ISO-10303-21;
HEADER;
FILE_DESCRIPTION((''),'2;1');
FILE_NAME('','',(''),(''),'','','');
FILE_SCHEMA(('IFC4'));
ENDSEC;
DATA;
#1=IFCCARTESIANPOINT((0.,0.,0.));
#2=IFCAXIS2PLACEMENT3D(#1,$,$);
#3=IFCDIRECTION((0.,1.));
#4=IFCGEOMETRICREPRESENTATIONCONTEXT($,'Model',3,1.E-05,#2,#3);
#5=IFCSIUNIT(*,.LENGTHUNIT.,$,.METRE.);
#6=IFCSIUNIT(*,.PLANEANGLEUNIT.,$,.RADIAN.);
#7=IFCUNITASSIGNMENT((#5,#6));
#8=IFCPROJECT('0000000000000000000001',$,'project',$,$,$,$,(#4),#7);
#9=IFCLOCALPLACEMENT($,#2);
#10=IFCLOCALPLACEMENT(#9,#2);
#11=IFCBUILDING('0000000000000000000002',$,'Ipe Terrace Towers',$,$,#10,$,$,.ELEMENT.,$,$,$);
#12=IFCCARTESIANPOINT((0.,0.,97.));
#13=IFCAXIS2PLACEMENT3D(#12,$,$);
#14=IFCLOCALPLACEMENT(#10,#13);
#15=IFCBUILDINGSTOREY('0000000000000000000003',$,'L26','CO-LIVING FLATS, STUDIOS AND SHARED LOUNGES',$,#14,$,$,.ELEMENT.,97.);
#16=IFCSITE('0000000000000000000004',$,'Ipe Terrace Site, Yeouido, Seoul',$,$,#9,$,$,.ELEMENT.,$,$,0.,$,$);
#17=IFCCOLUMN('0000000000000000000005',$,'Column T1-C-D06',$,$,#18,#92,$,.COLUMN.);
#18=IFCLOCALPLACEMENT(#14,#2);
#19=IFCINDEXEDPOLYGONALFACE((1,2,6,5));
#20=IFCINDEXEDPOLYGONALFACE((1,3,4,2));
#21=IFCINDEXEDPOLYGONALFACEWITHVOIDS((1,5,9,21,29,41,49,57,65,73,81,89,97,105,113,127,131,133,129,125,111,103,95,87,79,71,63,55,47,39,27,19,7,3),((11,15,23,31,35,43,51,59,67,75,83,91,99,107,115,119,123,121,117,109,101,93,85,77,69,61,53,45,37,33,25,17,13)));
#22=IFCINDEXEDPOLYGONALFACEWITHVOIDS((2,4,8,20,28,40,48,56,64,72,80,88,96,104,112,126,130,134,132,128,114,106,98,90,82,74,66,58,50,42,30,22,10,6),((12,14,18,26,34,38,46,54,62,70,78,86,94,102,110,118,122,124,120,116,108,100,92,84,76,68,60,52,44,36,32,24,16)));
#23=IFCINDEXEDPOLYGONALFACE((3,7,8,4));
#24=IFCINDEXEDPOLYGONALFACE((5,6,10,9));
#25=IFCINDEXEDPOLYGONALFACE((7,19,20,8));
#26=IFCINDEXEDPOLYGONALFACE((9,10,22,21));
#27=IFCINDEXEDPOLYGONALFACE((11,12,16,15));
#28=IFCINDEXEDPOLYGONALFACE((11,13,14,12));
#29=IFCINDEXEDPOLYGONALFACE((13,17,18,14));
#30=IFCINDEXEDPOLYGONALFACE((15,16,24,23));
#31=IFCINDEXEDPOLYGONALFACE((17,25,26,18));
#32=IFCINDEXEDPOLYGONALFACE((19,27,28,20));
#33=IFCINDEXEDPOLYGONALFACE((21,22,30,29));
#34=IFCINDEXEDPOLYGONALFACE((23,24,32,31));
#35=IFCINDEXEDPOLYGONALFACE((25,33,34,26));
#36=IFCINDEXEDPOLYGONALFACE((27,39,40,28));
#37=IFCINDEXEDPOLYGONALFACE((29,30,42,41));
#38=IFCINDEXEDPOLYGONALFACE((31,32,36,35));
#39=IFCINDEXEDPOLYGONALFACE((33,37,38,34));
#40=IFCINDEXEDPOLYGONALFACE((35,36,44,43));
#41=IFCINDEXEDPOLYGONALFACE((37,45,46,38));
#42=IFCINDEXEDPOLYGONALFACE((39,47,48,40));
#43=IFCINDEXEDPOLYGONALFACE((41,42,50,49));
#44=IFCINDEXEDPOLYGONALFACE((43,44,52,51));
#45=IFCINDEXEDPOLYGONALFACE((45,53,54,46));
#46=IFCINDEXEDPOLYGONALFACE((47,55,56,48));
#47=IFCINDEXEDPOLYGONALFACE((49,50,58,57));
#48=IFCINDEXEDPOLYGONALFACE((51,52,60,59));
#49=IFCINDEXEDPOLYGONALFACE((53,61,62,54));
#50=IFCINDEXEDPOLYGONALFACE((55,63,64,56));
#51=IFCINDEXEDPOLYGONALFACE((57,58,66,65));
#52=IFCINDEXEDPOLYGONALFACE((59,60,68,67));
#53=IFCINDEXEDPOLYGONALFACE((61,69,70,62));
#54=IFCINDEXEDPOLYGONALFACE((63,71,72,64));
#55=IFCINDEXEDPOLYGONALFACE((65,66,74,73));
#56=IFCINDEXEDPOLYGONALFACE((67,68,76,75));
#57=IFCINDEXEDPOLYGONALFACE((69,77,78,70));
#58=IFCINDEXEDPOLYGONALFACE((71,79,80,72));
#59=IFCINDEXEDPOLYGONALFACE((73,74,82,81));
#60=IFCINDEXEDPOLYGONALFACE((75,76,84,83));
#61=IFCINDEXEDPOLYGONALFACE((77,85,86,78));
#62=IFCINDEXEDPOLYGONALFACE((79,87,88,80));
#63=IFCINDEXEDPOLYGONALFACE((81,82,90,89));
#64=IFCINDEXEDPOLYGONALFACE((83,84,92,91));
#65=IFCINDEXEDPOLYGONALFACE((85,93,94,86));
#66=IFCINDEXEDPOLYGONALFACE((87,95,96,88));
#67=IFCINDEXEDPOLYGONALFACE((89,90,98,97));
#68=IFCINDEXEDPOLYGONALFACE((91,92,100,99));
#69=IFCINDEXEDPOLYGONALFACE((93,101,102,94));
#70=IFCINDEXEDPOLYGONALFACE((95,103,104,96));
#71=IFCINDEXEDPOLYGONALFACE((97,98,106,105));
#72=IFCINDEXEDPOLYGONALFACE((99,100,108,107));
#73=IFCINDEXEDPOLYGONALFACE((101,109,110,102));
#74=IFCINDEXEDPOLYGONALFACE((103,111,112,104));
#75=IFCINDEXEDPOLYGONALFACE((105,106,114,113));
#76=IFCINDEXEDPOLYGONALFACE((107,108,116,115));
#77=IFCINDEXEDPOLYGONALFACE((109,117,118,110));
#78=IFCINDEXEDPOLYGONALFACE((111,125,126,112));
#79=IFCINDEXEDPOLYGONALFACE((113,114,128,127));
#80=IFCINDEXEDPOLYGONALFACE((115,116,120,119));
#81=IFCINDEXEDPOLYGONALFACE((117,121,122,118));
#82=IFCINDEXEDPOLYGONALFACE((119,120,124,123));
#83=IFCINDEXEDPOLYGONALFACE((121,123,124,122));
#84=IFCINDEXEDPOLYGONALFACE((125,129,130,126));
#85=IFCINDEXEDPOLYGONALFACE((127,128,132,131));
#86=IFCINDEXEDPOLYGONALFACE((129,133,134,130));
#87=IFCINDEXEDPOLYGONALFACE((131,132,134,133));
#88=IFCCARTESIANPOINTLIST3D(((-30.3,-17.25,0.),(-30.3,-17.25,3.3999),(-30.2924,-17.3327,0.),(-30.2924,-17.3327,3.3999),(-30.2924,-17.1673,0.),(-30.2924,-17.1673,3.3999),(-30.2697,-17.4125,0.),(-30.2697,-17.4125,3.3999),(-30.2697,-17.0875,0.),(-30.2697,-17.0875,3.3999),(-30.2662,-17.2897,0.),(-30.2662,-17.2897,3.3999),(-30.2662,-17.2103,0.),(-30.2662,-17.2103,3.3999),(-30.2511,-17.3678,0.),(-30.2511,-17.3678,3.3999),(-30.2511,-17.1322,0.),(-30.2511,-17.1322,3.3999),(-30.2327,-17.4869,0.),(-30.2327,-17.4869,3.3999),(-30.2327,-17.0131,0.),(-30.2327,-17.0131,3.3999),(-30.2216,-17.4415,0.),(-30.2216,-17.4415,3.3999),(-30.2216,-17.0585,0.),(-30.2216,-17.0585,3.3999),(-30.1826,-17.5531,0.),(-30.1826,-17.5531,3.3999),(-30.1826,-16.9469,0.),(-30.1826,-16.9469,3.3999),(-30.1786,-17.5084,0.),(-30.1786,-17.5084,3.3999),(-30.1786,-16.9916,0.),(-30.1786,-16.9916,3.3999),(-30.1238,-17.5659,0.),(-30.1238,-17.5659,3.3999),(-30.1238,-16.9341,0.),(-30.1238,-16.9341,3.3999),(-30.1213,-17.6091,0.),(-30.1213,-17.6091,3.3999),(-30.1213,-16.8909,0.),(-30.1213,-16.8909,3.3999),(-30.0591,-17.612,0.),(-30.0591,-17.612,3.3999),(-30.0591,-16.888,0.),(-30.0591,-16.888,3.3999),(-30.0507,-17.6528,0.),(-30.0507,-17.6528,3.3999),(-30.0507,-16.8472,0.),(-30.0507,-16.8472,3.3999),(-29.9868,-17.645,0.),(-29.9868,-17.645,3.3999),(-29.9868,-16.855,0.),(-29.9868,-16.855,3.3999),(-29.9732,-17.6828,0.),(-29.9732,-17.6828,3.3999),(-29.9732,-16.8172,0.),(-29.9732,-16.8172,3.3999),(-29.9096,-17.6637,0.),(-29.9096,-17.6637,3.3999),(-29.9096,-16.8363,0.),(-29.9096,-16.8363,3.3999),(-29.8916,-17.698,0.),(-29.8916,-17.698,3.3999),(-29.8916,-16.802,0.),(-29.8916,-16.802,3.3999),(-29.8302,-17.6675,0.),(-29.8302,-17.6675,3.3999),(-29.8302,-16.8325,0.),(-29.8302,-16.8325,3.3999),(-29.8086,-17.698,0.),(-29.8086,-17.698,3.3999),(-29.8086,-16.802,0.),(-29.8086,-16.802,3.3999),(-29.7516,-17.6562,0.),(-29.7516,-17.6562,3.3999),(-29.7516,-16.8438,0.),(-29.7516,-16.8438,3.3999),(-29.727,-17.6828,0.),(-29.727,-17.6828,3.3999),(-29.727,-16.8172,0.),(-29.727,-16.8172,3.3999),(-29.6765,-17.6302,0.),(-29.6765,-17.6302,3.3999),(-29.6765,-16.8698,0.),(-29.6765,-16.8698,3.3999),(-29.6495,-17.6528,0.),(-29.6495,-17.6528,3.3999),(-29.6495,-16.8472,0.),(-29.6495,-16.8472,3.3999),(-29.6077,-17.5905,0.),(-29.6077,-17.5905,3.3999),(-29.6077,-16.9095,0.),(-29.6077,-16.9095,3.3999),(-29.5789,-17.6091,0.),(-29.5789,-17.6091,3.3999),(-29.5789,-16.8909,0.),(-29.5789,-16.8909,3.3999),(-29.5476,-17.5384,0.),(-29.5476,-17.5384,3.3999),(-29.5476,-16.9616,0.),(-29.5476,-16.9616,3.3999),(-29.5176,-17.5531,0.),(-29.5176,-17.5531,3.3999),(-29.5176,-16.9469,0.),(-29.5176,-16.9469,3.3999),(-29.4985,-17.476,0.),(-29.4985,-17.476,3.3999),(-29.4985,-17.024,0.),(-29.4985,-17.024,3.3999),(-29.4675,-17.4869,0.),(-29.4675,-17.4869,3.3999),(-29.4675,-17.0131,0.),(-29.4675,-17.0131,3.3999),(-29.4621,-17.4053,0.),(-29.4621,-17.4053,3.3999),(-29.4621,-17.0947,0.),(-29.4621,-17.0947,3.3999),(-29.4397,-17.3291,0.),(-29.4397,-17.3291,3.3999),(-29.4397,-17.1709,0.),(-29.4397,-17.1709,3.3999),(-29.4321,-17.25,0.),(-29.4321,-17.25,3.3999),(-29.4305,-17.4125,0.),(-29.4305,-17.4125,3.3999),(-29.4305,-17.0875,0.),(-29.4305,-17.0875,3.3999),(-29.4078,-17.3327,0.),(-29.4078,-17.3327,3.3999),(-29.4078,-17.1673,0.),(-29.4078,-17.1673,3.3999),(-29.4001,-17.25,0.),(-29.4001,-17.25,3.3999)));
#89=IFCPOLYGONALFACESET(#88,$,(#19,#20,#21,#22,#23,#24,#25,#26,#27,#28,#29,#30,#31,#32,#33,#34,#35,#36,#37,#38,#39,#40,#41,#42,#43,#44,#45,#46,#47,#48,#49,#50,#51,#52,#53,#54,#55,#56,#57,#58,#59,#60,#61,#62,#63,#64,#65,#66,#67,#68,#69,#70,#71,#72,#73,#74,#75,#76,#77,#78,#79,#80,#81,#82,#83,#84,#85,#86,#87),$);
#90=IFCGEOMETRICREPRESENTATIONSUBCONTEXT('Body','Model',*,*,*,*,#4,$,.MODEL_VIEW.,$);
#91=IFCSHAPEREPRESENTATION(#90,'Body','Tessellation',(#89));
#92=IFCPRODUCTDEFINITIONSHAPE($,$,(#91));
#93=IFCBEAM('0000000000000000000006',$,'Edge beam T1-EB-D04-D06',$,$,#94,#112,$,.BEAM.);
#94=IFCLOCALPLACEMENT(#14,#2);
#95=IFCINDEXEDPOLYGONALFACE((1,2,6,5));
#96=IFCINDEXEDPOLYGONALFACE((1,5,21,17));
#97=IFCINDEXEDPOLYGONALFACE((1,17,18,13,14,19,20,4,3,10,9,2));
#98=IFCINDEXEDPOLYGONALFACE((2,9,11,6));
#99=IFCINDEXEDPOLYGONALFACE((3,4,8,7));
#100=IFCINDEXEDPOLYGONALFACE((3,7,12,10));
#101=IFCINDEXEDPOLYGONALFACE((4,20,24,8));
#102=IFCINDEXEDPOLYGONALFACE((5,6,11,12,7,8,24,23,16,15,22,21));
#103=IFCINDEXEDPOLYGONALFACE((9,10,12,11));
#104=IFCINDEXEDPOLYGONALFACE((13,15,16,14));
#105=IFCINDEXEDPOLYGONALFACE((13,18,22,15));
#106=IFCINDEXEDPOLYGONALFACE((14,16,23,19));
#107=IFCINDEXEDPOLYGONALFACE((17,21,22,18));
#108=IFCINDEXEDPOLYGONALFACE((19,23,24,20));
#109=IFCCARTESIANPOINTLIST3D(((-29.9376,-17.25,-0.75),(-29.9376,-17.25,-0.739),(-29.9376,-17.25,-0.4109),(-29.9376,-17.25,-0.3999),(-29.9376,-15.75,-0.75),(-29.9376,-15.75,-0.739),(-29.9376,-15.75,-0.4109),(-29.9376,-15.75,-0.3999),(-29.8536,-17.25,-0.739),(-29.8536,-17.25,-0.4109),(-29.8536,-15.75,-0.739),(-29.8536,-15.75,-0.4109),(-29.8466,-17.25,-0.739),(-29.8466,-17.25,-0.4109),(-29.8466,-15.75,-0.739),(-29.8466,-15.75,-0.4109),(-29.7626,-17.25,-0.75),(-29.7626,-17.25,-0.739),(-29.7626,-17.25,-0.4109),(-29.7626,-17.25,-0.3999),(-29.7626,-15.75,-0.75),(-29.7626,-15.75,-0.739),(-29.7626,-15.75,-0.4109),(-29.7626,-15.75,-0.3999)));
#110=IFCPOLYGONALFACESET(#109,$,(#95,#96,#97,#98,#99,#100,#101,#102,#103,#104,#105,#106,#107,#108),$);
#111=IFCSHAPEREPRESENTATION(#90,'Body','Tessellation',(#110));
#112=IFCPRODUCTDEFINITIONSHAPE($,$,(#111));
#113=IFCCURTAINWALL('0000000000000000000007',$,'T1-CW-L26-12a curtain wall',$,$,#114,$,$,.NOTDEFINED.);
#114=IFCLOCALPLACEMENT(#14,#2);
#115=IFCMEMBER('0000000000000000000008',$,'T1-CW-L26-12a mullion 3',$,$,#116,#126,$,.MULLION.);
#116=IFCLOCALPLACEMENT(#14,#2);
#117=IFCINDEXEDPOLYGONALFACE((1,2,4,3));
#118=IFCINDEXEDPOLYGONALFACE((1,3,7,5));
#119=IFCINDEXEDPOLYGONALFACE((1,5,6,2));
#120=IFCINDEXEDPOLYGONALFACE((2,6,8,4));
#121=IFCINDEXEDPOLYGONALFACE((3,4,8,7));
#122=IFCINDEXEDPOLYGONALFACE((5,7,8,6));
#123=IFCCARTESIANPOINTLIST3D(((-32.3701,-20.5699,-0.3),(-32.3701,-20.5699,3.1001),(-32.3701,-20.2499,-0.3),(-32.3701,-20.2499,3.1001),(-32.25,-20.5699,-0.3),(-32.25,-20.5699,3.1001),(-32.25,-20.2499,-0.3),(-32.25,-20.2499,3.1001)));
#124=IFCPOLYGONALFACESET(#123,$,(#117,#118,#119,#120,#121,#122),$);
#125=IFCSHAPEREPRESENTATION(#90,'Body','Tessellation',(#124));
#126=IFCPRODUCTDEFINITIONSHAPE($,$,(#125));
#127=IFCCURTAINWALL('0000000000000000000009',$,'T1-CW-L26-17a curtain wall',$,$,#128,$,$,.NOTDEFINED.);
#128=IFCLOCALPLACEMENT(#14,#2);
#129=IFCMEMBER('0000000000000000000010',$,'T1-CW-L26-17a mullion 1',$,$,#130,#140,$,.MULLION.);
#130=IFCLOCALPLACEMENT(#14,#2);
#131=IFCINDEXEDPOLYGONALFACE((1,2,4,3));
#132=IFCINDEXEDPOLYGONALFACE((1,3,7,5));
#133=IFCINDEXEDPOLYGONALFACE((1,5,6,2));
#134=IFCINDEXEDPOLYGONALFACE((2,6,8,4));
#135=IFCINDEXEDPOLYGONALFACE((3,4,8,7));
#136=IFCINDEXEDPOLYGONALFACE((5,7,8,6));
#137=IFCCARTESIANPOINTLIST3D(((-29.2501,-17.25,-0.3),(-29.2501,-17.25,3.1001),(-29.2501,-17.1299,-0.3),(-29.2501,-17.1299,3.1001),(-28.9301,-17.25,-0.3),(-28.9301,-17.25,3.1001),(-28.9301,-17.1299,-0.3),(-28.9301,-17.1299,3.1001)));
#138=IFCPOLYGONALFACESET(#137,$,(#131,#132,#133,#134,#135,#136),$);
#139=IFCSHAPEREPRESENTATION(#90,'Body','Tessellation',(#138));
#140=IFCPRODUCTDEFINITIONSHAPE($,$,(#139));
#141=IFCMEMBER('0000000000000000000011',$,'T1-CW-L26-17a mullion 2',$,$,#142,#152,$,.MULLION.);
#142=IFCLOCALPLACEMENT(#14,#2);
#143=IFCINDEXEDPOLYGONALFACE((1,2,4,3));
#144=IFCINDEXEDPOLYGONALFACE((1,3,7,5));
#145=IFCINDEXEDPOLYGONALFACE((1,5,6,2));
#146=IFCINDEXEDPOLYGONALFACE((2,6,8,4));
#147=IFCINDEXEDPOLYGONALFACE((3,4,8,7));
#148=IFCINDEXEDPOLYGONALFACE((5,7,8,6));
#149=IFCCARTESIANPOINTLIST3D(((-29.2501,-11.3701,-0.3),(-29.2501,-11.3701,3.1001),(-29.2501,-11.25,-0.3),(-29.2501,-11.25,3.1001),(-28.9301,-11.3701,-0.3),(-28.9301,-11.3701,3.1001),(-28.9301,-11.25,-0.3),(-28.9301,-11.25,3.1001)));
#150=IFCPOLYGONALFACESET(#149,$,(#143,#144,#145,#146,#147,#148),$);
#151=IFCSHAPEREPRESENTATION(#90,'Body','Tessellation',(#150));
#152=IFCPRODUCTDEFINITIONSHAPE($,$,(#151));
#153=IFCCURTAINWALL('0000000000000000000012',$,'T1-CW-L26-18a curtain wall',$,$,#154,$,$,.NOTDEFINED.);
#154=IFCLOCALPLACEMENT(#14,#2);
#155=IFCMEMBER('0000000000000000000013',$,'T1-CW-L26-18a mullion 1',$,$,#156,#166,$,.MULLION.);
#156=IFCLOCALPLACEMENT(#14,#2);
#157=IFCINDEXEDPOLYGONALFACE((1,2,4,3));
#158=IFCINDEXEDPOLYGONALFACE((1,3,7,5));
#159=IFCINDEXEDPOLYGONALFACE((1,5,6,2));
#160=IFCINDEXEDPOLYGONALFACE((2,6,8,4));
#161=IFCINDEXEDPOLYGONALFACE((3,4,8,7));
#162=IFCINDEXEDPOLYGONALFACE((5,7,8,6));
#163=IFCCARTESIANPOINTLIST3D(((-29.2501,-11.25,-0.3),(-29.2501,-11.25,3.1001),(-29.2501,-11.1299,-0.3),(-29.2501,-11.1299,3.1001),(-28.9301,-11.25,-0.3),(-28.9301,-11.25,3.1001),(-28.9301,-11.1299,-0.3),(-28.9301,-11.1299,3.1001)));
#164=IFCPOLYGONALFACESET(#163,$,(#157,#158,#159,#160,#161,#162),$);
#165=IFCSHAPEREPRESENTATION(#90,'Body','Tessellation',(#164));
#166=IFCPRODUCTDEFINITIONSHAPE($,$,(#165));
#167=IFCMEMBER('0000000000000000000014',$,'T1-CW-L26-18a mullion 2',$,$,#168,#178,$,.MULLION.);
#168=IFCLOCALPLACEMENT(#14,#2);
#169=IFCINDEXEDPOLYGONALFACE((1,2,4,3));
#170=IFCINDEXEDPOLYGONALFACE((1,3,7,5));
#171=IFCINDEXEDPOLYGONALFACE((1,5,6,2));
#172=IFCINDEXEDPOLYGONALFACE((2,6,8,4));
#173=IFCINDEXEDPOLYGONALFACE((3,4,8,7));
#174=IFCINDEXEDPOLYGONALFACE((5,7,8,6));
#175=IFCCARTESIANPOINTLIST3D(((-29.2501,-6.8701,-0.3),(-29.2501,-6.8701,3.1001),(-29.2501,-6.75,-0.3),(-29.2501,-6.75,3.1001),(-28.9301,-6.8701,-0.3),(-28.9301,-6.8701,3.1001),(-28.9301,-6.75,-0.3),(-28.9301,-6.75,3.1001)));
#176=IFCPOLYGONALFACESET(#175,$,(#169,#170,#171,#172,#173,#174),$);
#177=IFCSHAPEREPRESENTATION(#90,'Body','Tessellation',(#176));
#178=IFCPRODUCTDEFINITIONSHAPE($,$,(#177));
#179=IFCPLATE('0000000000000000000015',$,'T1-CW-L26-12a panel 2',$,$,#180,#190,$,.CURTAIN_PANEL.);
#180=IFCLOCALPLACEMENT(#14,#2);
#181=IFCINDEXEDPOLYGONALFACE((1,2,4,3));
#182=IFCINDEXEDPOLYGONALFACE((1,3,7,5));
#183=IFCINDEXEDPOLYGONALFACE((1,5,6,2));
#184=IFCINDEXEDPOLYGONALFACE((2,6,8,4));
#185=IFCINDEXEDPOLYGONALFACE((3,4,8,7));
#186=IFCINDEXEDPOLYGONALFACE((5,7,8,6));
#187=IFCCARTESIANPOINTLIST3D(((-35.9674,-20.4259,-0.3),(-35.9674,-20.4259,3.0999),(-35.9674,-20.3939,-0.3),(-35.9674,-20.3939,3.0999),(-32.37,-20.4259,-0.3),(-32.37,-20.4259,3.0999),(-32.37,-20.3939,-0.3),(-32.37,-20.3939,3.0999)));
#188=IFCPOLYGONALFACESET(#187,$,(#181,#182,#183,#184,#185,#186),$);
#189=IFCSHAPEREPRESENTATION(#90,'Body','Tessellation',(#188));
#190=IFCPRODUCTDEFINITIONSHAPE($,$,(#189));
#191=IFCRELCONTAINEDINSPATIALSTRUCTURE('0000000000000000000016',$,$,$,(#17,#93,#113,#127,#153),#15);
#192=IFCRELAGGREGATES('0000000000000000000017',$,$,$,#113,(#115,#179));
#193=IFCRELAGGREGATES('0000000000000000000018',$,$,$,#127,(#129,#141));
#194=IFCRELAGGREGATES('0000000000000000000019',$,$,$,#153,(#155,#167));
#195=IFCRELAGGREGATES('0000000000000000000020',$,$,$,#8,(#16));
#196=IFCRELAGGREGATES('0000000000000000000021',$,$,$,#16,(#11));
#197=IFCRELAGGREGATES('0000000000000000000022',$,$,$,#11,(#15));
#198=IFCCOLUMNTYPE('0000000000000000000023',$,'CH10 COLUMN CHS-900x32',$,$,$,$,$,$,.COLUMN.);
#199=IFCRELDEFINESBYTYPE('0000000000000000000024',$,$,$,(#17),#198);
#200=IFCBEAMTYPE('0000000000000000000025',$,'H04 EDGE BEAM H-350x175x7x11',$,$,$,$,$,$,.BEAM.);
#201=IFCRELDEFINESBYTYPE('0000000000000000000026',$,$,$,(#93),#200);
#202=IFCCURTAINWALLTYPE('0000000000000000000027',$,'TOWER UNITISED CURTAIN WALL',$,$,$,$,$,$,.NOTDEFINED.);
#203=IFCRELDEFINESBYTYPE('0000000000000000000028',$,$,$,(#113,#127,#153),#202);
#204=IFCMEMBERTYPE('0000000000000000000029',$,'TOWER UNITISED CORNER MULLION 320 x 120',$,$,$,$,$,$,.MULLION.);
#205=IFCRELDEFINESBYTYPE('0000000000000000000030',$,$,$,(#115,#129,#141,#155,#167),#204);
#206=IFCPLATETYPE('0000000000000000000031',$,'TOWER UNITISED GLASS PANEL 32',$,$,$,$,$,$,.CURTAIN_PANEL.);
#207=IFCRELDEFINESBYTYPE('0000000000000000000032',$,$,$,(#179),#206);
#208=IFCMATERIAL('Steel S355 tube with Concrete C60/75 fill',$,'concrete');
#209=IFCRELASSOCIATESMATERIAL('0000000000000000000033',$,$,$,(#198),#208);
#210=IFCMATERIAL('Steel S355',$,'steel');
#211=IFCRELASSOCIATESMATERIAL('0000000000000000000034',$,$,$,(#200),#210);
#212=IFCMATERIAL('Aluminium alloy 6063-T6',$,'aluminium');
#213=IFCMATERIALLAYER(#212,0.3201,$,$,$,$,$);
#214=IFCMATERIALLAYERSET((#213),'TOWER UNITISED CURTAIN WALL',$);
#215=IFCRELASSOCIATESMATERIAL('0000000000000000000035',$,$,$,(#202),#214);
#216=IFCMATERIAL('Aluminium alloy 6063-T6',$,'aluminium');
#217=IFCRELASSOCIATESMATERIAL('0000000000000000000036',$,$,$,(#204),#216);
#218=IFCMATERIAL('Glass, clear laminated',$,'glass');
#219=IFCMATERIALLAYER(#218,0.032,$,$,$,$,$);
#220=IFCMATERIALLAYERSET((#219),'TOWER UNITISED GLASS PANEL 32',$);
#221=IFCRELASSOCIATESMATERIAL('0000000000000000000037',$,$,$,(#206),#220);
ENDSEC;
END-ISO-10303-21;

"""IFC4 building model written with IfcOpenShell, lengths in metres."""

from ifc_helpers import new_model, si_unit, direction, frame, origin, origin_2d, place, context, subcontext, project, spatial, rectangle, hollow_circle, i_section, extrude, material, layer, layer_set, material_profile, profile_set, type_object, element, aggregate, save


model = new_model("IFC4")

# Units and contexts
model_context = context("Model", 3, precision=1e-05, world=origin(), true_north=direction((0.0, 1.0)))
body_context = subcontext(model_context, "Body", "Model", "MODEL_VIEW")
ifc_project = project(units=[si_unit("LENGTHUNIT", "METRE"), si_unit("PLANEANGLEUNIT", "RADIAN")], contexts=[model_context])

# Site, building, storey
site_placement = place(None, origin())
site = spatial("IfcSite", under=ifc_project, at=site_placement, Name="Ipe Terrace Site, Yeouido, Seoul", CompositionType="ELEMENT", RefElevation=0.0)
building_placement = place(site_placement, origin())
building = spatial("IfcBuilding", under=site, at=building_placement, Name="Ipe Terrace Towers", CompositionType="ELEMENT")
storey_placement = place(building_placement, frame((0.0, 0.0, 97.0)))
storey = spatial("IfcBuildingStorey", under=building, at=storey_placement, Name="L26", Description="CO-LIVING FLATS, STUDIOS AND SHARED LOUNGES", CompositionType="ELEMENT", Elevation=97.0)

# Column
ifc_material_1 = material(Name="Steel S355 tube with Concrete C60/75 fill", Category="concrete")
ifc_material_profile_1 = material_profile(ifc_material_1, hollow_circle(Radius=0.45, WallThickness=0.032, at=origin_2d()), Name="CHS-900x32")
ifc_profile_set_1 = profile_set([ifc_material_profile_1], Name="Steel S355 tube with Concrete C60/75 fill")
column_type_1 = type_object("IfcColumnType", Name="CH10 COLUMN CHS-900x32", PredefinedType="COLUMN", material=ifc_profile_set_1)
for number, where, z_axis, x_axis, name in (
    (1, (-29.8501, -17.25, 0.0), (0.0, 0.0, 1.0), (1.0, 0.0, 0.0), "Column T1-C-D06"),
):
    element("IfcColumn", number, at=place(storey_placement, frame(where, z_axis=z_axis, x_axis=x_axis)), inside=storey, type_object=column_type_1, Name=name, PredefinedType="COLUMN", context=body_context, shape_type="SweptSolid", body=[
        extrude(hollow_circle(Radius=0.45, WallThickness=0.032, at=origin_2d()), origin(), (0.0, 0.0, 1.0), 3.3999),
    ])

# Beam
ifc_material_2 = material(Name="Steel S355", Category="steel")
ifc_material_profile_2 = material_profile(ifc_material_2, i_section(OverallWidth=0.175, OverallDepth=0.3501, WebThickness=0.0071, FlangeThickness=0.011, at=origin_2d()), Name="H-350x175x7x11")
ifc_profile_set_2 = profile_set([ifc_material_profile_2], Name="Steel S355")
beam_type = type_object("IfcBeamType", Name="H04 EDGE BEAM H-350x175x7x11", PredefinedType="BEAM", material=ifc_profile_set_2)
beam_placement = place(storey_placement, frame((-29.8501, -15.75, -0.575), z_axis=(0.0, -1.0, 0.0), x_axis=(1.0, 0.0, 0.0)))
element("IfcBeam", 2, at=beam_placement, inside=storey, type_object=beam_type, Name="Edge beam T1-EB-D04-D06", PredefinedType="BEAM", context=body_context, shape_type="SweptSolid", body=[
    extrude(i_section(OverallWidth=0.175, OverallDepth=0.3501, WebThickness=0.0071, FlangeThickness=0.011, at=origin_2d()), origin(), (0.0, 0.0, 1.0), 1.5),
])

# Curtain wall, member
ifc_material_3 = material(Name="Aluminium alloy 6063-T6", Category="aluminium")
ifc_layer_1 = layer(ifc_material_3, 0.3201)
ifc_layer_set_1 = layer_set([ifc_layer_1], Name="TOWER UNITISED CURTAIN WALL")
curtain_wall_type = type_object("IfcCurtainWallType", Name="TOWER UNITISED CURTAIN WALL", PredefinedType="NOTDEFINED", material=ifc_layer_set_1)
curtain_wall_1_placement = place(storey_placement, origin())
curtain_wall_1 = element("IfcCurtainWall", 3, at=curtain_wall_1_placement, inside=storey, type_object=curtain_wall_type, Name="T1-CW-L26-12a curtain wall", PredefinedType="NOTDEFINED")
ifc_material_4 = material(Name="Aluminium alloy 6063-T6", Category="aluminium")
ifc_material_profile_3 = material_profile(ifc_material_4, rectangle(XDim=0.3201, YDim=0.1201, at=origin_2d()), Name="TOWER UNITISED CORNER MULLION 320 x 120")
ifc_profile_set_3 = profile_set([ifc_material_profile_3], Name="Aluminium alloy 6063-T6")
member_type = type_object("IfcMemberType", Name="TOWER UNITISED CORNER MULLION 320 x 120", PredefinedType="MULLION", material=ifc_profile_set_3)
member_1_placement = place(storey_placement, frame((-32.3101, -20.4099, -0.3), z_axis=(0.0, 0.0, 1.0), x_axis=(0.0, -1.0, 0.0)))
member_1 = element("IfcMember", 4, at=member_1_placement, type_object=member_type, Name="T1-CW-L26-12a mullion 3", PredefinedType="MULLION", context=body_context, shape_type="SweptSolid", body=[
    extrude(rectangle(XDim=0.3201, YDim=0.1201, at=origin_2d()), origin(), (0.0, 0.0, 1.0), 3.4001),
])

# Curtain walls, members
curtain_wall_2_placement = place(storey_placement, origin())
curtain_wall_2 = element("IfcCurtainWall", 5, at=curtain_wall_2_placement, inside=storey, type_object=curtain_wall_type, Name="T1-CW-L26-17a curtain wall", PredefinedType="NOTDEFINED")
member_2_placement = place(storey_placement, frame((-29.0901, -17.1899, -0.3), z_axis=(0.0, 0.0, 1.0), x_axis=(1.0, 0.0, 0.0)))
member_2 = element("IfcMember", 6, at=member_2_placement, type_object=member_type, Name="T1-CW-L26-17a mullion 1", PredefinedType="MULLION", context=body_context, shape_type="SweptSolid", body=[
    extrude(rectangle(XDim=0.3201, YDim=0.1201, at=origin_2d()), origin(), (0.0, 0.0, 1.0), 3.4001),
])
member_3_placement = place(storey_placement, frame((-29.0901, -11.3101, -0.3), z_axis=(0.0, 0.0, 1.0), x_axis=(1.0, 0.0, 0.0)))
member_3 = element("IfcMember", 7, at=member_3_placement, type_object=member_type, Name="T1-CW-L26-17a mullion 2", PredefinedType="MULLION", context=body_context, shape_type="SweptSolid", body=[
    extrude(rectangle(XDim=0.3201, YDim=0.1201, at=origin_2d()), origin(), (0.0, 0.0, 1.0), 3.4001),
])
curtain_wall_3_placement = place(storey_placement, origin())
curtain_wall_3 = element("IfcCurtainWall", 8, at=curtain_wall_3_placement, inside=storey, type_object=curtain_wall_type, Name="T1-CW-L26-18a curtain wall", PredefinedType="NOTDEFINED")
member_4_placement = place(storey_placement, frame((-29.0901, -11.1899, -0.3), z_axis=(0.0, 0.0, 1.0), x_axis=(1.0, 0.0, 0.0)))
member_4 = element("IfcMember", 9, at=member_4_placement, type_object=member_type, Name="T1-CW-L26-18a mullion 1", PredefinedType="MULLION", context=body_context, shape_type="SweptSolid", body=[
    extrude(rectangle(XDim=0.3201, YDim=0.1201, at=origin_2d()), origin(), (0.0, 0.0, 1.0), 3.4001),
])
member_5_placement = place(storey_placement, frame((-29.0901, -6.8101, -0.3), z_axis=(0.0, 0.0, 1.0), x_axis=(1.0, 0.0, 0.0)))
member_5 = element("IfcMember", 10, at=member_5_placement, type_object=member_type, Name="T1-CW-L26-18a mullion 2", PredefinedType="MULLION", context=body_context, shape_type="SweptSolid", body=[
    extrude(rectangle(XDim=0.3201, YDim=0.1201, at=origin_2d()), origin(), (0.0, 0.0, 1.0), 3.4001),
])

# Plate
ifc_material_5 = material(Name="Glass, clear laminated", Category="glass")
ifc_layer_2 = layer(ifc_material_5, 0.032)
ifc_layer_set_2 = layer_set([ifc_layer_2], Name="TOWER UNITISED GLASS PANEL 32")
plate_type = type_object("IfcPlateType", Name="TOWER UNITISED GLASS PANEL 32", PredefinedType="CURTAIN_PANEL", material=ifc_layer_set_2)
plate_1_placement = place(storey_placement, frame((-34.1687, -20.4099, -0.3), z_axis=(0.0, 0.0, 1.0), x_axis=(1.0, 0.0, 0.0)))
plate_1 = element("IfcPlate", 11, at=plate_1_placement, type_object=plate_type, Name="T1-CW-L26-12a panel 2", PredefinedType="CURTAIN_PANEL", context=body_context, shape_type="SweptSolid", body=[
    extrude(rectangle(XDim=3.5974, YDim=0.032, at=origin_2d()), origin(), (0.0, 0.0, 1.0), 3.3999),
])
aggregate(curtain_wall_1, [member_1, plate_1])
aggregate(curtain_wall_2, [member_2, member_3])
aggregate(curtain_wall_3, [member_4, member_5])

save(model, "model.ifc")
